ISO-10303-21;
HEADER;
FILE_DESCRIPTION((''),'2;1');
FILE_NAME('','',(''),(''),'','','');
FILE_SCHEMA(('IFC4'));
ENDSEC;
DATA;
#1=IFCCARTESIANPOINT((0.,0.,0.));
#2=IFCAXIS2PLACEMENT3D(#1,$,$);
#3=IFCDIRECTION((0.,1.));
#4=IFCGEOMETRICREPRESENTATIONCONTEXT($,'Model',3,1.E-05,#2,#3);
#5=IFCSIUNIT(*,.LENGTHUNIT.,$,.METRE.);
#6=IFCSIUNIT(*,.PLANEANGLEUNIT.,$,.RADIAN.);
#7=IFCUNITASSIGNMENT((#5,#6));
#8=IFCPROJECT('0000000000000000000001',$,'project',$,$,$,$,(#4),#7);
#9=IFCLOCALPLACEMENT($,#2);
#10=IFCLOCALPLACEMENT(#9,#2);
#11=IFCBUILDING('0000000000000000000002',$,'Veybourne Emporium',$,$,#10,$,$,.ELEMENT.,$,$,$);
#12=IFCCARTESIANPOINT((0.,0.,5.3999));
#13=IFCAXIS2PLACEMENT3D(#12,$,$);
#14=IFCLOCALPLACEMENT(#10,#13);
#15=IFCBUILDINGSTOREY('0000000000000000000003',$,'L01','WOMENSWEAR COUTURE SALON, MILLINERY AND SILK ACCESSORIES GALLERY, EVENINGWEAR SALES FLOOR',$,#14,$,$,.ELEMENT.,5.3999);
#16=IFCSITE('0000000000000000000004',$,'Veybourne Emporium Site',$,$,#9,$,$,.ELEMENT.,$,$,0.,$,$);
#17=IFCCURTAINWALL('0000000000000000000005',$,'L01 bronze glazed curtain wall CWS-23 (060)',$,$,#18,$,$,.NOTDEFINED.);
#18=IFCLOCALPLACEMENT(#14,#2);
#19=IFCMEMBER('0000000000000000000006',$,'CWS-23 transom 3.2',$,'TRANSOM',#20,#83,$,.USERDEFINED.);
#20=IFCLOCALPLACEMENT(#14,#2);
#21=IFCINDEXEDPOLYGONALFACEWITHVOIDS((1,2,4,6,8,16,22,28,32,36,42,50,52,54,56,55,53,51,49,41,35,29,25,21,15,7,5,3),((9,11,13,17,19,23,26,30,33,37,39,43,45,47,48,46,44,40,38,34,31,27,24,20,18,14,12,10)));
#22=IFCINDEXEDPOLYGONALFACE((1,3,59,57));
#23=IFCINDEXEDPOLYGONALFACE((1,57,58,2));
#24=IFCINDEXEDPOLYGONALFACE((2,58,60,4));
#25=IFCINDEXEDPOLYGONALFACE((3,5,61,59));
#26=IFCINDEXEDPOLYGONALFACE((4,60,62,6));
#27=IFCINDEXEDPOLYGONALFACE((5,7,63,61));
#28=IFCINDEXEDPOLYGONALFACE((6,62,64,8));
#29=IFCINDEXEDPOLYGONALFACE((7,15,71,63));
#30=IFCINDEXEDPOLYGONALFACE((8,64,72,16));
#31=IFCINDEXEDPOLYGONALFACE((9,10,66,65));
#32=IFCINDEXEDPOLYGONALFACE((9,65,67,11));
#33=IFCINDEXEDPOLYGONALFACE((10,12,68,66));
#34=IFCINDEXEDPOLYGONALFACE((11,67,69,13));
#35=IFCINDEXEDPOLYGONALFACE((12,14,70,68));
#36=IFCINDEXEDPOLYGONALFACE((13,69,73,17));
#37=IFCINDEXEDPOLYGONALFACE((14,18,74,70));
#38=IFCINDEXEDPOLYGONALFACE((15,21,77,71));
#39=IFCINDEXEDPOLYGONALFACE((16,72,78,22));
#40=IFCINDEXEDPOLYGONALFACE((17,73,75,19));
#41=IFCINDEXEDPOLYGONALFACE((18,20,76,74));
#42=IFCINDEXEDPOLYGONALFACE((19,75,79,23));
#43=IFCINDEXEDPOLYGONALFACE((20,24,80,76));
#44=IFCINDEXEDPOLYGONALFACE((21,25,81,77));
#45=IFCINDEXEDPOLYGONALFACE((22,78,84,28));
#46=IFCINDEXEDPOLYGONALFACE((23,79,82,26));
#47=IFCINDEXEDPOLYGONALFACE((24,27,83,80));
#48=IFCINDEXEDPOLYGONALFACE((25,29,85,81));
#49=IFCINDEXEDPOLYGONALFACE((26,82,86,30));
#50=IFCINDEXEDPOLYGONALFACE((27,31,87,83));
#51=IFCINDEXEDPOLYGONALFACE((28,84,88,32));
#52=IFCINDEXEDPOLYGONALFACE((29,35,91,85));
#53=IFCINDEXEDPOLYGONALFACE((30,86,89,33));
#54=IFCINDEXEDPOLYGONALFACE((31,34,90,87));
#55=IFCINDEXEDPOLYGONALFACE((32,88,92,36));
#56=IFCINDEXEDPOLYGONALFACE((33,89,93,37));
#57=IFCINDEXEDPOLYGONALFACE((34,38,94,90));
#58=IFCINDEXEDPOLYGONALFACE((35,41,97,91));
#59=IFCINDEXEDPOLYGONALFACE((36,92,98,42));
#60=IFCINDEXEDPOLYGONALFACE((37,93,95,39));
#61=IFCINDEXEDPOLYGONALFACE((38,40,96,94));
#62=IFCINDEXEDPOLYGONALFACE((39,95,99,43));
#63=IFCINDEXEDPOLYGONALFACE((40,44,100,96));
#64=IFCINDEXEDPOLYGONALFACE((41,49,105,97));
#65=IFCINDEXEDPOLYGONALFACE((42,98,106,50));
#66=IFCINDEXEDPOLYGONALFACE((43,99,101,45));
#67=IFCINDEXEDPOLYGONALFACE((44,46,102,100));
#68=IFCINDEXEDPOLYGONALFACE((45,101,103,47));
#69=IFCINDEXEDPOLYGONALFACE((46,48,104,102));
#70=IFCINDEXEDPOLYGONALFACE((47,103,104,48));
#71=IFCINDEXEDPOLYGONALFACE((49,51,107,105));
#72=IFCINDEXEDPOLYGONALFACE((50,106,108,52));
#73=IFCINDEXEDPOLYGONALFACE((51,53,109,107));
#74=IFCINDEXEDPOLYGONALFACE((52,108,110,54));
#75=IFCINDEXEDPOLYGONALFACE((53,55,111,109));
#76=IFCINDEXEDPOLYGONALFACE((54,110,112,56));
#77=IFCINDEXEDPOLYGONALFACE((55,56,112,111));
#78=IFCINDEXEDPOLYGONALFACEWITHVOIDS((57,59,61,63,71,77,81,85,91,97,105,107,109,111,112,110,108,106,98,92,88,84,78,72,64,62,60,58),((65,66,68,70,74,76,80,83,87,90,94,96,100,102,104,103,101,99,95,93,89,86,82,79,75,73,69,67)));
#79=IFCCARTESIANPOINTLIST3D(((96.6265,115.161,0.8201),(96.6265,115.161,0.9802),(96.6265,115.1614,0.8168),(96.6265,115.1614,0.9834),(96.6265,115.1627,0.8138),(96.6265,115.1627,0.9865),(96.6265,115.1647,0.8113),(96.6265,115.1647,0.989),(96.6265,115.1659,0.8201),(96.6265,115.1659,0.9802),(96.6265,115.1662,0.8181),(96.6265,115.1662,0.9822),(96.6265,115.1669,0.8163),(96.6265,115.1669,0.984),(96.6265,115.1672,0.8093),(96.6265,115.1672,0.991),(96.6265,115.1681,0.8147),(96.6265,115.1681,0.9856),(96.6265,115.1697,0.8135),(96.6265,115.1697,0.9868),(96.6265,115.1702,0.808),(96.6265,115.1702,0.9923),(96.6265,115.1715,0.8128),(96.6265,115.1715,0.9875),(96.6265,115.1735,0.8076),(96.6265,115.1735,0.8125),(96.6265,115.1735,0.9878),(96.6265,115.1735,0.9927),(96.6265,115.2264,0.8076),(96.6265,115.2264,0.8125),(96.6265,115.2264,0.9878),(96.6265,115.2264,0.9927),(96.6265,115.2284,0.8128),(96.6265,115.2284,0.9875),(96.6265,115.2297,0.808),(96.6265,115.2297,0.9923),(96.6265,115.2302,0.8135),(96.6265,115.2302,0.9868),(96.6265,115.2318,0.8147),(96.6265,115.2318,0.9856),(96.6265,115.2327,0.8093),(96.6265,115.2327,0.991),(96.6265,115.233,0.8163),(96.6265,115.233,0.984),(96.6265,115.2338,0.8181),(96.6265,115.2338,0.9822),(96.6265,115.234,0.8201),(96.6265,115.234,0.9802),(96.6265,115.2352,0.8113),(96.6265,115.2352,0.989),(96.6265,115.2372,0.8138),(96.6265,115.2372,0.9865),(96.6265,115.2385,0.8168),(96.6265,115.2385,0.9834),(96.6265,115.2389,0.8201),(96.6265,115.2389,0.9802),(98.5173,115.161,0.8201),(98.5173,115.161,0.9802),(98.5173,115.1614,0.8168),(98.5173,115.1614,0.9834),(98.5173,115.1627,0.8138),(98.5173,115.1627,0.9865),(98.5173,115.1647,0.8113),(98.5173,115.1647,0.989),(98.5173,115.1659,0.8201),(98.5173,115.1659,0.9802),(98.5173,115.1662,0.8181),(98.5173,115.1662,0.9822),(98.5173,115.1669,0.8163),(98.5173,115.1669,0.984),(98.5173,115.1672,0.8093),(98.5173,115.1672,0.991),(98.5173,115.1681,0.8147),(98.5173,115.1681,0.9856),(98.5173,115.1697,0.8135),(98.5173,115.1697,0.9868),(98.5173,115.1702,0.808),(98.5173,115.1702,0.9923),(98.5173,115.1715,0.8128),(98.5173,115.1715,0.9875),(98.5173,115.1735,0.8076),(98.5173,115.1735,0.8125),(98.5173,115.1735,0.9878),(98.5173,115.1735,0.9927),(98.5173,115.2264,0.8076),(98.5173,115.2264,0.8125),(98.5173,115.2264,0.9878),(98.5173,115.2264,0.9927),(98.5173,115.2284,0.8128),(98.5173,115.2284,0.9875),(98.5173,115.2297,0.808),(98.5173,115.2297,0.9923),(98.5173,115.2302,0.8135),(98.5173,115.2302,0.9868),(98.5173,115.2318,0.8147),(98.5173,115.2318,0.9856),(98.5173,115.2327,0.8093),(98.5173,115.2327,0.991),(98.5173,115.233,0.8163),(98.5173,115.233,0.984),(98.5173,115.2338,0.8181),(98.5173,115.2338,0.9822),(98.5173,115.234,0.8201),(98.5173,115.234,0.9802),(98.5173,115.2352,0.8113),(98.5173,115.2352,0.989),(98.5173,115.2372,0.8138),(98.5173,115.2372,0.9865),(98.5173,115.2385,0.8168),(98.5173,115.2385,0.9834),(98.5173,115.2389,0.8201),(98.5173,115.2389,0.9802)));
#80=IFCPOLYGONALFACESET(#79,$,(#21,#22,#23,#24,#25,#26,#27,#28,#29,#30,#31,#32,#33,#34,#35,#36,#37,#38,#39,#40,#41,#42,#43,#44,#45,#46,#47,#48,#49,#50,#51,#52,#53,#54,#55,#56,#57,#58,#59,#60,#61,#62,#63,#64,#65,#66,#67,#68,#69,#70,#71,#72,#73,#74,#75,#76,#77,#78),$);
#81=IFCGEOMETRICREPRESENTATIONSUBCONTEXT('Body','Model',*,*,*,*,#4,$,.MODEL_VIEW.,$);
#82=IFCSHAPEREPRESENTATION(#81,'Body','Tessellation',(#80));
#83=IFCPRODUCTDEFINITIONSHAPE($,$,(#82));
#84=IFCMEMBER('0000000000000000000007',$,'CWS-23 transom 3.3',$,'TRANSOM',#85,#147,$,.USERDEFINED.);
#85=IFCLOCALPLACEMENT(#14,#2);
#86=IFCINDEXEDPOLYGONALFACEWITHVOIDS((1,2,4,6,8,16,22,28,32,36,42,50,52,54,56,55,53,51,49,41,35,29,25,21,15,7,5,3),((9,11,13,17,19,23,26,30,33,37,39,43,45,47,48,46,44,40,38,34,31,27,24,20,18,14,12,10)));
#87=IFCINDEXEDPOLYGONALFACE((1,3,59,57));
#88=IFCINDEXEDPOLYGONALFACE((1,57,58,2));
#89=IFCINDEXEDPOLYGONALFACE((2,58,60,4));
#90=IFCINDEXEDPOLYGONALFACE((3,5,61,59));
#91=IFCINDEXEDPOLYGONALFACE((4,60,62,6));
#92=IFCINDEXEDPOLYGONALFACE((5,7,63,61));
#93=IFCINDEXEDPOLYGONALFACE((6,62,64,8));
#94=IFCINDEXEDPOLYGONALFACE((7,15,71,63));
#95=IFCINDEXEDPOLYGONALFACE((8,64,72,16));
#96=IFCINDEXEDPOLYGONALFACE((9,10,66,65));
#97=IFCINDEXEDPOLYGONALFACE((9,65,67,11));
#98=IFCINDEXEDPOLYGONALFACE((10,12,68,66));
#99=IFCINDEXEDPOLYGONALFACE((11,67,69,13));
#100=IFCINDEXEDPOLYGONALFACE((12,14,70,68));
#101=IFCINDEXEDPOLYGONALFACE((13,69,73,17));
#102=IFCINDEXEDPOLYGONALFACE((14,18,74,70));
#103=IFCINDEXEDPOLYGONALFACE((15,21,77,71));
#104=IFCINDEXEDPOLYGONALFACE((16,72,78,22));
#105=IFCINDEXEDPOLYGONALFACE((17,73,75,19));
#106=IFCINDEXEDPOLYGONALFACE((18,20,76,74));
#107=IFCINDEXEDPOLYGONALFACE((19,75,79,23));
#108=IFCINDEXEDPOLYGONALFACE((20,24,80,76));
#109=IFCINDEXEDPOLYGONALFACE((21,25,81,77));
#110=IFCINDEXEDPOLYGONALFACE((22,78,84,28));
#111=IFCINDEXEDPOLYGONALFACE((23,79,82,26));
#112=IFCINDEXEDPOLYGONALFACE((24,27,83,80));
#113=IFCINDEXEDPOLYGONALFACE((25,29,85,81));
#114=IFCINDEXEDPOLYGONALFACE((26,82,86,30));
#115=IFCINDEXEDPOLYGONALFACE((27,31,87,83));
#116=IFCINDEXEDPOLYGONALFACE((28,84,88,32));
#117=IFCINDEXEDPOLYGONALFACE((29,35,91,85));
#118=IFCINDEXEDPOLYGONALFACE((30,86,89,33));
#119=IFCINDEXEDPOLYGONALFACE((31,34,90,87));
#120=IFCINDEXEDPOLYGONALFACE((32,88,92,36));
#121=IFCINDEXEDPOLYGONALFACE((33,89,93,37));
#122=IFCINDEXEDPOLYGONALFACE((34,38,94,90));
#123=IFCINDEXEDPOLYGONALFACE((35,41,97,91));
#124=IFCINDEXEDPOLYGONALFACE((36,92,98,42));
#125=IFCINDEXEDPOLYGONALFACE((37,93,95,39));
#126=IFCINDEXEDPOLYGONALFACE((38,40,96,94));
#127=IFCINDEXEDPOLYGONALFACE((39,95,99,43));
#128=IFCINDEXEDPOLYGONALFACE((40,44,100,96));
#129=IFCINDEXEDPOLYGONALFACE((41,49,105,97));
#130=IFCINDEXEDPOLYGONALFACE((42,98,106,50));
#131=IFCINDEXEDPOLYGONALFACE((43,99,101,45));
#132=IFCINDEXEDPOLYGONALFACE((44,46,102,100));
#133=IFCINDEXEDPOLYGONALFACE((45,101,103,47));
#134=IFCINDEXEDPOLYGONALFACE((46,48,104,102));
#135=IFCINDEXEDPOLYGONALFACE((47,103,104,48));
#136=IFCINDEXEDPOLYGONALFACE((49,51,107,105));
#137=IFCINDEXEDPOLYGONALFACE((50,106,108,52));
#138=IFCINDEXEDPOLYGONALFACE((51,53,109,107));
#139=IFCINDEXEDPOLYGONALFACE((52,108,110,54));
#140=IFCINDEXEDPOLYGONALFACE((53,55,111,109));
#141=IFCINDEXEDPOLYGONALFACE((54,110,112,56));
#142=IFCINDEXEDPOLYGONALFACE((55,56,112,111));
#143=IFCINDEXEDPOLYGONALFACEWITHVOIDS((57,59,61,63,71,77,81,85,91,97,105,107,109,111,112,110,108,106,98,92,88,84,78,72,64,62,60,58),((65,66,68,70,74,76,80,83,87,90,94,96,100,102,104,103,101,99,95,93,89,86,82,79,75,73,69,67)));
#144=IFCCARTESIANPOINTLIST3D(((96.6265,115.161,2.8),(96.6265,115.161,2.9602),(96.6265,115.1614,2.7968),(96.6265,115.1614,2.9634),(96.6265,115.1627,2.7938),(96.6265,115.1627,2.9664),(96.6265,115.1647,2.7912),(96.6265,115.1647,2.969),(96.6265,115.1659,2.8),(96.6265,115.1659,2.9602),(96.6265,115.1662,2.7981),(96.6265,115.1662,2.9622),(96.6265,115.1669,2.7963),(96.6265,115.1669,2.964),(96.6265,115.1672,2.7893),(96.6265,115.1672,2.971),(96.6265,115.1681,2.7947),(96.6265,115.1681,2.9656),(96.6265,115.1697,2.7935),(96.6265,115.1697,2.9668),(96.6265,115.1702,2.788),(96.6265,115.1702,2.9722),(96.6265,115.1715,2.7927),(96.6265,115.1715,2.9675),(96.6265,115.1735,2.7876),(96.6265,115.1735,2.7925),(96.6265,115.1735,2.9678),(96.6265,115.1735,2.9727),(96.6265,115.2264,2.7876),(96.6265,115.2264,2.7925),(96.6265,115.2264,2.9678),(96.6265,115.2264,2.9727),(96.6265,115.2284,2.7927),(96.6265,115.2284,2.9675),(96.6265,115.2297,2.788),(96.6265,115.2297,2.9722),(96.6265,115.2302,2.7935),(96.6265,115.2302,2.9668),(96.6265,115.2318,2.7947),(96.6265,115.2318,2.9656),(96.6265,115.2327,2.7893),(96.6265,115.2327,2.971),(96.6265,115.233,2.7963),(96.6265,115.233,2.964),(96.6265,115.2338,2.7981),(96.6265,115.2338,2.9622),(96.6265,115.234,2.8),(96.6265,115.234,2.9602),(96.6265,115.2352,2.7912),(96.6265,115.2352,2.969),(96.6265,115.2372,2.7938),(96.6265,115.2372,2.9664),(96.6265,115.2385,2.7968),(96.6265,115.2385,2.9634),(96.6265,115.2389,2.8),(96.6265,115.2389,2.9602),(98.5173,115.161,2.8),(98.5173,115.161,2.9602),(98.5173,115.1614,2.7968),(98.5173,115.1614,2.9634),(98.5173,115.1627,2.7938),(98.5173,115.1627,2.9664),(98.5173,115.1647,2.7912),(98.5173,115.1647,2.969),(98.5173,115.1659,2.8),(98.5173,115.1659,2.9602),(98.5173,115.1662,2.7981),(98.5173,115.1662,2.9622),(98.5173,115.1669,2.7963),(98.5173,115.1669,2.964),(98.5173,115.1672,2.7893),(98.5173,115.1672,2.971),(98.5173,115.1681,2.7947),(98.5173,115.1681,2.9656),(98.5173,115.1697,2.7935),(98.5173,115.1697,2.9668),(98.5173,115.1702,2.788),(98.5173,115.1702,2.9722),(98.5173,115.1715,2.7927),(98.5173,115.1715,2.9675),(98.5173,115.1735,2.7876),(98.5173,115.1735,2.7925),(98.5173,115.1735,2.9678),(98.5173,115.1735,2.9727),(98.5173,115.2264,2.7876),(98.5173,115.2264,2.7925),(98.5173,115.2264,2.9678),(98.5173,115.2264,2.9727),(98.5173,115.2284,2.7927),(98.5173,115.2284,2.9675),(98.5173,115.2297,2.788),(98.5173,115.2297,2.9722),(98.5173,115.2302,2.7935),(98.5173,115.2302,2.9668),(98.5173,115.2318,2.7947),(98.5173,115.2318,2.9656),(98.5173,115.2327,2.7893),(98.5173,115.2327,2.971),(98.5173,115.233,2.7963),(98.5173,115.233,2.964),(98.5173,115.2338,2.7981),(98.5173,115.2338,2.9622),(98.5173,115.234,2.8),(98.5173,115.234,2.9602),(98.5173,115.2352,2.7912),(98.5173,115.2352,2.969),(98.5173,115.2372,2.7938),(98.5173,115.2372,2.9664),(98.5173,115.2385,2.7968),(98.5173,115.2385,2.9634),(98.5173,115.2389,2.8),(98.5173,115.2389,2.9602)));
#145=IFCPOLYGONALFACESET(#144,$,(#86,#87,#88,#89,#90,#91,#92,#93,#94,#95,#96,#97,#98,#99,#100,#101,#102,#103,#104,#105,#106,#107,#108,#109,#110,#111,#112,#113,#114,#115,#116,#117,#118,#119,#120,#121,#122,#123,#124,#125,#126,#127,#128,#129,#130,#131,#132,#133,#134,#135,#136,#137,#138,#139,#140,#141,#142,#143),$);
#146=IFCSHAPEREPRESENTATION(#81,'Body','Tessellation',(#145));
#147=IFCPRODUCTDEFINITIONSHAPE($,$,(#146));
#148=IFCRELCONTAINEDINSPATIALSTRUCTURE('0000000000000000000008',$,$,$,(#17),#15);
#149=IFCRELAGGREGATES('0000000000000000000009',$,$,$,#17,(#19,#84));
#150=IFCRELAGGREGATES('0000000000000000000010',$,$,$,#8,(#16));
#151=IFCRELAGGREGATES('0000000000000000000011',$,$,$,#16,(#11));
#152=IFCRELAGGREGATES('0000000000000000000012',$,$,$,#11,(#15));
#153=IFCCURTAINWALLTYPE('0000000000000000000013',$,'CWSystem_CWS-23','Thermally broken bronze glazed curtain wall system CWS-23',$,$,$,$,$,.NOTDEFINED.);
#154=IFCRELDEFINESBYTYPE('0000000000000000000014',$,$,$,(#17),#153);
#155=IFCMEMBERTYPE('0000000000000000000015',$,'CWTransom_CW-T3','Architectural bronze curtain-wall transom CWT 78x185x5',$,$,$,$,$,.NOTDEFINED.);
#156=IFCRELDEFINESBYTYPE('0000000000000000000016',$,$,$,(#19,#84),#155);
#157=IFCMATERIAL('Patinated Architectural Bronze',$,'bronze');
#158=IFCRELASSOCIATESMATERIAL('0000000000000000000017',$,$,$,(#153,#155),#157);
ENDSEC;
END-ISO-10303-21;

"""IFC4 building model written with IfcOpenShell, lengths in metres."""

from ifc_helpers import new_model, si_unit, direction, frame, origin, origin_2d, place, context, subcontext, project, spatial, hollow_rectangle, extrude, material, material_profile, profile_set, type_object, element, aggregate, save


model = new_model("IFC4")

# Units and contexts
model_context = context("Model", 3, precision=1e-05, world=origin(), true_north=direction((0.0, 1.0)))
body_context = subcontext(model_context, "Body", "Model", "MODEL_VIEW")
ifc_project = project(units=[si_unit("LENGTHUNIT", "METRE"), si_unit("PLANEANGLEUNIT", "RADIAN")], contexts=[model_context])

# Site, building, storey
site_placement = place(None, origin())
site = spatial("IfcSite", under=ifc_project, at=site_placement, Name="Veybourne Emporium Site", CompositionType="ELEMENT", RefElevation=0.0)
building_placement = place(site_placement, origin())
building = spatial("IfcBuilding", under=site, at=building_placement, Name="Veybourne Emporium", CompositionType="ELEMENT")
storey_placement = place(building_placement, frame((0.0, 0.0, 5.3999)))
storey = spatial("IfcBuildingStorey", under=building, at=storey_placement, Name="L01", Description="WOMENSWEAR COUTURE SALON, MILLINERY AND SILK ACCESSORIES GALLERY, EVENINGWEAR SALES FLOOR", CompositionType="ELEMENT", Elevation=5.3999)

# Curtain wall, members
ifc_material_1 = material(Name="Patinated Architectural Bronze", Category="bronze")
curtain_wall_type = type_object("IfcCurtainWallType", Name="CWSystem_CWS-23", Description="Thermally broken bronze glazed curtain wall system CWS-23", PredefinedType="NOTDEFINED", material=ifc_material_1)
curtain_wall_placement = place(storey_placement, origin())
curtain_wall = element("IfcCurtainWall", 1, at=curtain_wall_placement, inside=storey, type_object=curtain_wall_type, Name="L01 bronze glazed curtain wall CWS-23 (060)", PredefinedType="NOTDEFINED")
ifc_material_profile_1 = material_profile(ifc_material_1, hollow_rectangle(XDim=0.0779, YDim=0.1851, WallThickness=0.0049, InnerFilletRadius=0.0076, OuterFilletRadius=0.0125, at=origin_2d()), Name="CWT 78x185x5")
ifc_profile_set_1 = profile_set([ifc_material_profile_1], Name="Patinated Architectural Bronze")
member_type_1 = type_object("IfcMemberType", Name="CWTransom_CW-T3", Description="Architectural bronze curtain-wall transom CWT 78x185x5", PredefinedType="NOTDEFINED", material=ifc_profile_set_1)
member_1_placement = place(storey_placement, frame((96.6265, 115.2, 0.9001), z_axis=(1.0, 0.0, 0.0), x_axis=(0.0, 1.0, 0.0)))
member_1 = element("IfcMember", 2, at=member_1_placement, type_object=member_type_1, Name="CWS-23 transom 3.2", ObjectType="TRANSOM", PredefinedType="USERDEFINED", context=body_context, shape_type="SweptSolid", body=[
    extrude(hollow_rectangle(XDim=0.0779, YDim=0.1851, WallThickness=0.0049, InnerFilletRadius=0.0076, OuterFilletRadius=0.0125, at=origin_2d()), origin(), (0.0, 0.0, 1.0), 1.8909),
])
member_2_placement = place(storey_placement, frame((96.6265, 115.2, 2.8801), z_axis=(1.0, 0.0, 0.0), x_axis=(0.0, 1.0, 0.0)))
member_2 = element("IfcMember", 3, at=member_2_placement, type_object=member_type_1, Name="CWS-23 transom 3.3", ObjectType="TRANSOM", PredefinedType="USERDEFINED", context=body_context, shape_type="SweptSolid", body=[
    extrude(hollow_rectangle(XDim=0.0779, YDim=0.1851, WallThickness=0.0049, InnerFilletRadius=0.0076, OuterFilletRadius=0.0125, at=origin_2d()), origin(), (0.0, 0.0, 1.0), 1.8909),
])
aggregate(curtain_wall, [member_1, member_2])

save(model, "model.ifc")
